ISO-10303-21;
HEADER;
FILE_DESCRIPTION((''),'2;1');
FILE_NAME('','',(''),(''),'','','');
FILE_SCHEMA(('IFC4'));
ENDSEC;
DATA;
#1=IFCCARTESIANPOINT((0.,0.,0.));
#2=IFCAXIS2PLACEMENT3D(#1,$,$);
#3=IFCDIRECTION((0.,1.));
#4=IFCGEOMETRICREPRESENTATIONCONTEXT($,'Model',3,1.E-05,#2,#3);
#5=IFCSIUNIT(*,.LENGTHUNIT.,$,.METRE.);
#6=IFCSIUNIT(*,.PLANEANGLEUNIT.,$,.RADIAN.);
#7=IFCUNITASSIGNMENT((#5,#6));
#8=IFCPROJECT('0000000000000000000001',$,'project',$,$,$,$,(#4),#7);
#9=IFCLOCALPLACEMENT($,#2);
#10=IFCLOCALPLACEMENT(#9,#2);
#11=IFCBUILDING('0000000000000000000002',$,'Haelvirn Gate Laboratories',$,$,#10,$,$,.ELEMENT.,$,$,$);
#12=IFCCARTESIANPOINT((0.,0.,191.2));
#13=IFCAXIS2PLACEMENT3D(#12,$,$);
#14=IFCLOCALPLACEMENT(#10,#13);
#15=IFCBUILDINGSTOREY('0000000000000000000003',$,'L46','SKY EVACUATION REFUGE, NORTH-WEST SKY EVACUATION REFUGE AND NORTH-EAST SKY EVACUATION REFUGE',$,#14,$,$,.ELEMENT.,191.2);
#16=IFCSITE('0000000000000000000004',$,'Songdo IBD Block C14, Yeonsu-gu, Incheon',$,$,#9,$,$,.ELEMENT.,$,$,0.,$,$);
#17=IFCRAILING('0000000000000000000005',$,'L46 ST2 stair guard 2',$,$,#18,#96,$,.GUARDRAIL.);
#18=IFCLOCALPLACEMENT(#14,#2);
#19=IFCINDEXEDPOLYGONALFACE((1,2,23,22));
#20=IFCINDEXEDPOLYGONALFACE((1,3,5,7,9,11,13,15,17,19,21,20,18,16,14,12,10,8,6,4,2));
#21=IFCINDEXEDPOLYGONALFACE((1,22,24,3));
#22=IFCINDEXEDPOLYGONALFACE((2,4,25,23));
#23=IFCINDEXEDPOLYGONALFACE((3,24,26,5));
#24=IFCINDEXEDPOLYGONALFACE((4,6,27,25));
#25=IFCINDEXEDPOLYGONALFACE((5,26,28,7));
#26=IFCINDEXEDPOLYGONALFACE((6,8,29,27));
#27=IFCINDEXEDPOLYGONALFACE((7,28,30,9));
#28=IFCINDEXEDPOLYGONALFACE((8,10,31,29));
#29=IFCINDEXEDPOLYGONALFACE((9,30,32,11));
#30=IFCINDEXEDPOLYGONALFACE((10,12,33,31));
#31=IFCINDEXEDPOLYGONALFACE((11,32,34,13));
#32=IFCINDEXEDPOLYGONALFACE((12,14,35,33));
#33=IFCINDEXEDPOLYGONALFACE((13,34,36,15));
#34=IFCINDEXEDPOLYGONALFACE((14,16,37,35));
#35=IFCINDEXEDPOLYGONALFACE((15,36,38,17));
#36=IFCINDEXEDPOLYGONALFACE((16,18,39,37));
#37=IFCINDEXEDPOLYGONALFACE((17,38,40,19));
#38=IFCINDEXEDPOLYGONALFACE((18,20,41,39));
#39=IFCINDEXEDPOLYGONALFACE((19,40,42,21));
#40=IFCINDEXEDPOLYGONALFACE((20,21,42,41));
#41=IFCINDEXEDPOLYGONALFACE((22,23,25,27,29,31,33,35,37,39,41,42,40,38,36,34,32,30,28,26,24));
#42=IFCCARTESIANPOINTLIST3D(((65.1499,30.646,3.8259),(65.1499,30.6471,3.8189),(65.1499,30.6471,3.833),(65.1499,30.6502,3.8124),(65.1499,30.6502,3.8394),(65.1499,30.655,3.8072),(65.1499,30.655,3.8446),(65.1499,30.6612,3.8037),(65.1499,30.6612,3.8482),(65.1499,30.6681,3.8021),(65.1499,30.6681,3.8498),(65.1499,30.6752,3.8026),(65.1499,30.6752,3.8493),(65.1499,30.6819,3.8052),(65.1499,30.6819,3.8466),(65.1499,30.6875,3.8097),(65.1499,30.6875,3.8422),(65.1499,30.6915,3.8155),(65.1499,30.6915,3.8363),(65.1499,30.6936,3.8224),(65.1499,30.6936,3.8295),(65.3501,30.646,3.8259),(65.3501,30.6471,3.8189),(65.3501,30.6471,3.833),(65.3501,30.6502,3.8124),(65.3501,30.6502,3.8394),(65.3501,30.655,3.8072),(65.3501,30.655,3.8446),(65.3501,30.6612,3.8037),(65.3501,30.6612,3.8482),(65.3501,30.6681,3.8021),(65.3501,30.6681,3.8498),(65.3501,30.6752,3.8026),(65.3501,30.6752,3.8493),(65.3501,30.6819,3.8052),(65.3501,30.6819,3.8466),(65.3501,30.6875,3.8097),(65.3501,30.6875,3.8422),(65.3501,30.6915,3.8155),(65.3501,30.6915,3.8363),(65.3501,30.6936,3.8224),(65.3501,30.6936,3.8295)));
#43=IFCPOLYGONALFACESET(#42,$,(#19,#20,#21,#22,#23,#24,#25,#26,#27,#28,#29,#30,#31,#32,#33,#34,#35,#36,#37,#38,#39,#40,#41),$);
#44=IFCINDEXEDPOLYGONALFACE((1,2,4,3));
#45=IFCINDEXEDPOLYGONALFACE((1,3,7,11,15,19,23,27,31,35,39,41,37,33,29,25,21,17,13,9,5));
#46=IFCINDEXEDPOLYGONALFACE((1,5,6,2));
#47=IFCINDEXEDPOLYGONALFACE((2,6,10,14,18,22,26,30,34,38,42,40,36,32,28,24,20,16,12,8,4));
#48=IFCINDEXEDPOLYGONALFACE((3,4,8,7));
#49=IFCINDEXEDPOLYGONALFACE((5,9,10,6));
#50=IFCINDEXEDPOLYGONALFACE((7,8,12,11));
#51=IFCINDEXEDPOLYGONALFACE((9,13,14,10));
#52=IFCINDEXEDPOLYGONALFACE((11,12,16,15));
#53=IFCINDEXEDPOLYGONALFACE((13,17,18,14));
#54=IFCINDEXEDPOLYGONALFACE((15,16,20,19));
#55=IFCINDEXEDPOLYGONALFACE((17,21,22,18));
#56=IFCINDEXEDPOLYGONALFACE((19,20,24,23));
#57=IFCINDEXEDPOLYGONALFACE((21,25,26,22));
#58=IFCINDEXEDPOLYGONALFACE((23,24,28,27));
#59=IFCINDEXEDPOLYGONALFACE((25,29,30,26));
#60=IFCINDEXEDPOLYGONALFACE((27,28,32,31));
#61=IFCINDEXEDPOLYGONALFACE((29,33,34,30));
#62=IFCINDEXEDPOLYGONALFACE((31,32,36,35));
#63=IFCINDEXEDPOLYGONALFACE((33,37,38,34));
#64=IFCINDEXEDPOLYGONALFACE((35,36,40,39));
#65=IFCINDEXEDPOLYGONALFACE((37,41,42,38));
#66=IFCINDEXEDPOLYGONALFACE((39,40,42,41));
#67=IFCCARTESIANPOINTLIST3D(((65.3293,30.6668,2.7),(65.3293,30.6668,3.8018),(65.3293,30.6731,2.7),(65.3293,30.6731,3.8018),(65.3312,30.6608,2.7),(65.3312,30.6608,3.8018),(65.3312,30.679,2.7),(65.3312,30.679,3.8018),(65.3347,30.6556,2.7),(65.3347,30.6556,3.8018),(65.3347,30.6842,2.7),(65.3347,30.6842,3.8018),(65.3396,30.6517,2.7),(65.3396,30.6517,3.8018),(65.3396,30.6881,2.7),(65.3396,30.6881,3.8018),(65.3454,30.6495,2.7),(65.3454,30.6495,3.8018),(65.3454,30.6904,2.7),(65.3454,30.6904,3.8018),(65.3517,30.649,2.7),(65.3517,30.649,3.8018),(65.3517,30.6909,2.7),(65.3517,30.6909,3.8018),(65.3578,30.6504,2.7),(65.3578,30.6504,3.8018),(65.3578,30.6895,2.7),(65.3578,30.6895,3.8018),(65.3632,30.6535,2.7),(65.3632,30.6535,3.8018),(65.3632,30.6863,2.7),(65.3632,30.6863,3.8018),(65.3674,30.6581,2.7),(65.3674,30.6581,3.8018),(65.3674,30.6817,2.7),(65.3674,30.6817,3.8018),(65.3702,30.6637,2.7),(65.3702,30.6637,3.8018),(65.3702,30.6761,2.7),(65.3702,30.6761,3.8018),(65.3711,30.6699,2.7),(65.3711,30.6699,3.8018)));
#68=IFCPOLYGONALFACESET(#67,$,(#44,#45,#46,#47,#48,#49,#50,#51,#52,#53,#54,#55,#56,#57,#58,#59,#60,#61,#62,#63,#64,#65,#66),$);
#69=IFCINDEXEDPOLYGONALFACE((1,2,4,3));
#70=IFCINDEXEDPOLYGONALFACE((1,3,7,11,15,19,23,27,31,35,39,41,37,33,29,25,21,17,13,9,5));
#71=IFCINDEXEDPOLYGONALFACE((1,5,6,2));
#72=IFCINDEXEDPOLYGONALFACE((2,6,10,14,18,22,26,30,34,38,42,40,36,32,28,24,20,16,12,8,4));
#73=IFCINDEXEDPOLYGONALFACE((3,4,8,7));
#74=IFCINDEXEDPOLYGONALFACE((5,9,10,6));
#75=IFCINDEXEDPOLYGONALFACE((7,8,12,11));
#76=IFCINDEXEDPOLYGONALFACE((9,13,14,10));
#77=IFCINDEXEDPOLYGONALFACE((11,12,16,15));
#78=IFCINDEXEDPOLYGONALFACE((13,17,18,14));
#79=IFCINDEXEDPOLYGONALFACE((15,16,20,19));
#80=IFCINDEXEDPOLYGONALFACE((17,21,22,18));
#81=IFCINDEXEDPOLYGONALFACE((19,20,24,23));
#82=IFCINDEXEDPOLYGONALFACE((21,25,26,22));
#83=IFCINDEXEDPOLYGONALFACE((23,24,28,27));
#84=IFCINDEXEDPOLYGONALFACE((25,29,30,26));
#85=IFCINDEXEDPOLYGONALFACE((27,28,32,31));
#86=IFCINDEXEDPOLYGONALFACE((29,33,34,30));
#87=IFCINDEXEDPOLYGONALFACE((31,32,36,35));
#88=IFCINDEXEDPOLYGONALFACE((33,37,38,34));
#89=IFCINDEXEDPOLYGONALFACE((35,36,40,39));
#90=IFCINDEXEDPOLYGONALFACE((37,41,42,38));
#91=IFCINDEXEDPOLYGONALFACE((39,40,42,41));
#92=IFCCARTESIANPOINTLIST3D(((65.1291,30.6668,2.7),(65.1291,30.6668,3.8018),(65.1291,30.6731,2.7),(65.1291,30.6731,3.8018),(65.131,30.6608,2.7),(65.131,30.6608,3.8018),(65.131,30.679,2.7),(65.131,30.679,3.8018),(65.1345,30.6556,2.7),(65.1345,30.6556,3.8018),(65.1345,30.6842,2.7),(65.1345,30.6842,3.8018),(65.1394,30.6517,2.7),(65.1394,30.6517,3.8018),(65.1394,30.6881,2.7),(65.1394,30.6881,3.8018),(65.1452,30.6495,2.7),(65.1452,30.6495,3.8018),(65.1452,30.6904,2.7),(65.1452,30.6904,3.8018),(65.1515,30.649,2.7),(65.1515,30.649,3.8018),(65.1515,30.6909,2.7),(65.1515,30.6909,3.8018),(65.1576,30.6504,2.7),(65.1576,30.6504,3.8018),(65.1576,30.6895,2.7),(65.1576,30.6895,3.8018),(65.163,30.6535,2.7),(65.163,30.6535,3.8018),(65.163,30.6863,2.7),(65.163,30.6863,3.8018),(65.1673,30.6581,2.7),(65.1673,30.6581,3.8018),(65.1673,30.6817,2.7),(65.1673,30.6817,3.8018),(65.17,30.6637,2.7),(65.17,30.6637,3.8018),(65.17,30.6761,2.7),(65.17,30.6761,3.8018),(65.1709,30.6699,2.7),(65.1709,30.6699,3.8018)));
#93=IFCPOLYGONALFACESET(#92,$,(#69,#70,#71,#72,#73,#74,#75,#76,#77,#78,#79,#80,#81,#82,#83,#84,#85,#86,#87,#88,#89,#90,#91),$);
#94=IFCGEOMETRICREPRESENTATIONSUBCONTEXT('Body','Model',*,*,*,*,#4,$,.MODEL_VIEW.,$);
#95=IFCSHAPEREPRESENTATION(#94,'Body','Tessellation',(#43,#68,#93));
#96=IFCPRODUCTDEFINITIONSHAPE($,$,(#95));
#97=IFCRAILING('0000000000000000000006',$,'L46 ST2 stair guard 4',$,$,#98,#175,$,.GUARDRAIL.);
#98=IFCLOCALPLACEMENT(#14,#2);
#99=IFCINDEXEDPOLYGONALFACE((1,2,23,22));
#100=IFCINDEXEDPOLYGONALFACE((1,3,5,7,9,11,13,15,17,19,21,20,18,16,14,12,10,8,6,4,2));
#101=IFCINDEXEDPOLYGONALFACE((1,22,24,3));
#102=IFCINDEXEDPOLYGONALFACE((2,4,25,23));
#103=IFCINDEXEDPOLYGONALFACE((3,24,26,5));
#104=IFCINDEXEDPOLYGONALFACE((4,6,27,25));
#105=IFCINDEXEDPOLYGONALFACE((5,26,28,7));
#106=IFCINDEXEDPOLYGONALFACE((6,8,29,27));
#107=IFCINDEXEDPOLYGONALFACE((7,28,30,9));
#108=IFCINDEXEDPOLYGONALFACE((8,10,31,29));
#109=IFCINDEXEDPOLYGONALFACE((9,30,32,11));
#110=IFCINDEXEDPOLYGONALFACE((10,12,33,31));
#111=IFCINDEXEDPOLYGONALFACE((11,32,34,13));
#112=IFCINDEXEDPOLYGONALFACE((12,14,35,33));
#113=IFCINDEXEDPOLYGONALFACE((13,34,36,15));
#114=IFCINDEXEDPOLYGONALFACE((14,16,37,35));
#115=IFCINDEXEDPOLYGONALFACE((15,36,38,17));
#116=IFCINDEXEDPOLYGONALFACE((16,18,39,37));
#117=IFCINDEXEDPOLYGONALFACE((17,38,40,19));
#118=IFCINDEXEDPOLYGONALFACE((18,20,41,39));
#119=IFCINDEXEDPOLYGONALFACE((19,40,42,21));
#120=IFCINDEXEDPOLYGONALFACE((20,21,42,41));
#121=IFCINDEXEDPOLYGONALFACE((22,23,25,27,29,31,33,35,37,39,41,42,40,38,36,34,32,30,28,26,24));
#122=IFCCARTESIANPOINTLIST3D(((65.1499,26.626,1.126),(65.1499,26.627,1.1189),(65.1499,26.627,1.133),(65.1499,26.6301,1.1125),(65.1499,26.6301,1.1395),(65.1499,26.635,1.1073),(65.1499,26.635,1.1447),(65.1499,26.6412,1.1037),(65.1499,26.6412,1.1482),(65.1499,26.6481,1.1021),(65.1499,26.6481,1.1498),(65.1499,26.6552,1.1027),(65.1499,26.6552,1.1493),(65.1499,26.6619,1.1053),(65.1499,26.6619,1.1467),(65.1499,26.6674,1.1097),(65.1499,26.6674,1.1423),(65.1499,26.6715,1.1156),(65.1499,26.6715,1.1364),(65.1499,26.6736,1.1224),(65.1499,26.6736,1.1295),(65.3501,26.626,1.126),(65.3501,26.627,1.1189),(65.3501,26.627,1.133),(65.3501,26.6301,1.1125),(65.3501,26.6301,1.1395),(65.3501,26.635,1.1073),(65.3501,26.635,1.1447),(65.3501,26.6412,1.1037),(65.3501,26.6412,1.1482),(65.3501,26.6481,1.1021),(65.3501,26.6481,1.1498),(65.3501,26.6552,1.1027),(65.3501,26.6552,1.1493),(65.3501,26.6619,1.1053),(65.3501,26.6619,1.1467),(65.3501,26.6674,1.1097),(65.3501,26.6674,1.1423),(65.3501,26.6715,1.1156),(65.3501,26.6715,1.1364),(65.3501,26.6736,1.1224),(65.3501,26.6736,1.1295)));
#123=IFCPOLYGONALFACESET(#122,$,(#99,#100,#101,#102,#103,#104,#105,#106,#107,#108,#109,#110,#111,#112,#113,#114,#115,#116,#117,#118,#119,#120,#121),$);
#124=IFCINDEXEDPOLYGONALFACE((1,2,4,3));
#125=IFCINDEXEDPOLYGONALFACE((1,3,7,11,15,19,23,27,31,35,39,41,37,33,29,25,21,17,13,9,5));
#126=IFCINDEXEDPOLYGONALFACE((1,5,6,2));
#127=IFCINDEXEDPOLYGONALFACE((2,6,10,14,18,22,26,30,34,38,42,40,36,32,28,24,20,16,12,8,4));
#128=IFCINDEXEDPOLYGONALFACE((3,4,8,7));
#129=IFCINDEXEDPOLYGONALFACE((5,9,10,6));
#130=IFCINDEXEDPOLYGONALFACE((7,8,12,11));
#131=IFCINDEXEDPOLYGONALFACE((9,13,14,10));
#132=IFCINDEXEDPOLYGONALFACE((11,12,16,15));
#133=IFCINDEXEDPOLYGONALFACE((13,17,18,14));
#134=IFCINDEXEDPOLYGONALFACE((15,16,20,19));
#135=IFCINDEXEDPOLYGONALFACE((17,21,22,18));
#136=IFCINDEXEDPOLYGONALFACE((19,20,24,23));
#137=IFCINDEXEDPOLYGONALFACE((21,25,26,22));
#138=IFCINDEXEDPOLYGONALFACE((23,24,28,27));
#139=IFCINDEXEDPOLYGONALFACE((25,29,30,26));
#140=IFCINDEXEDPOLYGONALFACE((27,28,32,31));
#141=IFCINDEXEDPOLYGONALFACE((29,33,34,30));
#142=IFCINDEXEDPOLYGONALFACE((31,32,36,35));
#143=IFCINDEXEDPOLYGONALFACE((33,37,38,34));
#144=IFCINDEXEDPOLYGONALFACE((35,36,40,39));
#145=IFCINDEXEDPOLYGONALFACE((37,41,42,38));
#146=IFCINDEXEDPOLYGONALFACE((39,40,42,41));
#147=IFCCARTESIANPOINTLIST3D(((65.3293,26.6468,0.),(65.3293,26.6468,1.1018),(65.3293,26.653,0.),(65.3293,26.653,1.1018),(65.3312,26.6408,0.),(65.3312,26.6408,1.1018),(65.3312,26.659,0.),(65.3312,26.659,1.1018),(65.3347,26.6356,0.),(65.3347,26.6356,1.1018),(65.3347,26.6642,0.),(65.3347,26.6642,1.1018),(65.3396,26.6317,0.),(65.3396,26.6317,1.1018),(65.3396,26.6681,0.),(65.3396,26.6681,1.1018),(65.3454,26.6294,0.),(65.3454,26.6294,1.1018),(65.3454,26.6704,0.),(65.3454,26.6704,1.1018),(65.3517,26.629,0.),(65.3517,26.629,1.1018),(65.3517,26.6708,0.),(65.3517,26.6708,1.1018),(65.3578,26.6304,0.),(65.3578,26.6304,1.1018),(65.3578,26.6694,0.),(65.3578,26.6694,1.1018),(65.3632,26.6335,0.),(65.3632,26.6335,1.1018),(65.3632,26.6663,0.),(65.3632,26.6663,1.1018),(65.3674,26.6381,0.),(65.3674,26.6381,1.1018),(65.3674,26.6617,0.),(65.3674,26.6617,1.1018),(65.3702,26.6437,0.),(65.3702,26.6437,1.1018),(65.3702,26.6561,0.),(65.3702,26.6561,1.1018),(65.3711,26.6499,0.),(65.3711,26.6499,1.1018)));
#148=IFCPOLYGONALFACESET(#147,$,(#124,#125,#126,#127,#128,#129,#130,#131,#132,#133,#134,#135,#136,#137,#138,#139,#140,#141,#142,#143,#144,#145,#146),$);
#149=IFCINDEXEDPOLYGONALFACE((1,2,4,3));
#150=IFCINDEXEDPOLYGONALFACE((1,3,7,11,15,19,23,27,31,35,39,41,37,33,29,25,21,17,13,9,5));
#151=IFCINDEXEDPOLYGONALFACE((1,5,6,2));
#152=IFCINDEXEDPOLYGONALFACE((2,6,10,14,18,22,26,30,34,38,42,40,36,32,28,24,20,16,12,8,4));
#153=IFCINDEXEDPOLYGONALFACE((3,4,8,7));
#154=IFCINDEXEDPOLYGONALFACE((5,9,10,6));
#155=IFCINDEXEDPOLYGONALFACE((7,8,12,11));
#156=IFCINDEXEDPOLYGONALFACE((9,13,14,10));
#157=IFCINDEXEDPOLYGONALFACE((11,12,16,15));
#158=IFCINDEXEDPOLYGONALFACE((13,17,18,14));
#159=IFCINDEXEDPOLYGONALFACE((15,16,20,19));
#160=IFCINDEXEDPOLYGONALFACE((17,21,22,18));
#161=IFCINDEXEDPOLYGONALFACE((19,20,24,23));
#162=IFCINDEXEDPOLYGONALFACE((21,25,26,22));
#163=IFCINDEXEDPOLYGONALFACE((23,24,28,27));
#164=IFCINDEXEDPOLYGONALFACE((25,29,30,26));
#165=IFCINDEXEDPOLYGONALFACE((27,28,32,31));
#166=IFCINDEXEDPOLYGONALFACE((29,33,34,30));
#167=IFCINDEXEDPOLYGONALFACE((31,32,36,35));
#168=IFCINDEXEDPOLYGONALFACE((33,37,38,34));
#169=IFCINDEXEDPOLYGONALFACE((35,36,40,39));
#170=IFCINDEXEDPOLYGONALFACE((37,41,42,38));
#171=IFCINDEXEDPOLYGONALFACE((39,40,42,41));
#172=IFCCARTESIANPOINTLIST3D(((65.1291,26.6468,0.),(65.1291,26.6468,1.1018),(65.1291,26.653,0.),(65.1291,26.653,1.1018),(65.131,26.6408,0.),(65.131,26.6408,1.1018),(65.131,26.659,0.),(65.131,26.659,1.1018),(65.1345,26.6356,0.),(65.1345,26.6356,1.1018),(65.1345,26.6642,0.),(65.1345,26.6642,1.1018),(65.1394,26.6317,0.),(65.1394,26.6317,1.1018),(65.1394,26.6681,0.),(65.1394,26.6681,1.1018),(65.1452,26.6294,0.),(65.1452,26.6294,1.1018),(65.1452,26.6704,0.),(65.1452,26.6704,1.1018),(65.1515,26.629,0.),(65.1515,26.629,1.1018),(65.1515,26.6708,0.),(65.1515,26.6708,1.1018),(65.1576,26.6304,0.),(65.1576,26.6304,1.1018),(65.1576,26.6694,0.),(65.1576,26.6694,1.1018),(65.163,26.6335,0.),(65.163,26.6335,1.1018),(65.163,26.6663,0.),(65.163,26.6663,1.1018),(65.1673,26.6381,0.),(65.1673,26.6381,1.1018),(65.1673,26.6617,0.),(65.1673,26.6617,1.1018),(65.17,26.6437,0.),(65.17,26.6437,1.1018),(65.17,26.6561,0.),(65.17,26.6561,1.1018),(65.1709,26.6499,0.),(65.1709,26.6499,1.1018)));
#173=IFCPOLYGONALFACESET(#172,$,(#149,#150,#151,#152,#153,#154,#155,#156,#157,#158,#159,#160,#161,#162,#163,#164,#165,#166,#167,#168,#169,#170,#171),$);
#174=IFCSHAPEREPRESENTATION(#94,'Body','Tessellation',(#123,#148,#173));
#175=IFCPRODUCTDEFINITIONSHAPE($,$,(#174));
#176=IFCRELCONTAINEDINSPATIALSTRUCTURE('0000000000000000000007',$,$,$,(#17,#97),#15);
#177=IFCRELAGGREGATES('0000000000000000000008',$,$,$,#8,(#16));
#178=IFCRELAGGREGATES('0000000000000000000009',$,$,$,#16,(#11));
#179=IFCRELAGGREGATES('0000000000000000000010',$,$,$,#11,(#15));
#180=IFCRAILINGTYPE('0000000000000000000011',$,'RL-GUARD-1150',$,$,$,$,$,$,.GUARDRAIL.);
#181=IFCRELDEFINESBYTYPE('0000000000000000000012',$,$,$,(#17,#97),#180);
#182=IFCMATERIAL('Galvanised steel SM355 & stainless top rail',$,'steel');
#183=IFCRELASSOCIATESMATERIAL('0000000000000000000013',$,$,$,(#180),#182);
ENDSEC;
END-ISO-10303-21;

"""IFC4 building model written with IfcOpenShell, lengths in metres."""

from ifc_helpers import new_model, si_unit, direction, frame, origin, origin_2d, place, context, subcontext, project, spatial, circle, extrude, source, transform, mapped, material, type_object, element, save


model = new_model("IFC4")

# Units and contexts
model_context = context("Model", 3, precision=1e-05, world=origin(), true_north=direction((0.0, 1.0)))
body_context = subcontext(model_context, "Body", "Model", "MODEL_VIEW")
ifc_project = project(units=[si_unit("LENGTHUNIT", "METRE"), si_unit("PLANEANGLEUNIT", "RADIAN")], contexts=[model_context])

# Site, building, storey
site_placement = place(None, origin())
site = spatial("IfcSite", under=ifc_project, at=site_placement, Name="Songdo IBD Block C14, Yeonsu-gu, Incheon", CompositionType="ELEMENT", RefElevation=0.0)
building_placement = place(site_placement, origin())
building = spatial("IfcBuilding", under=site, at=building_placement, Name="Haelvirn Gate Laboratories", CompositionType="ELEMENT")
storey_placement = place(building_placement, frame((0.0, 0.0, 191.2)))
storey = spatial("IfcBuildingStorey", under=building, at=storey_placement, Name="L46", Description="SKY EVACUATION REFUGE, NORTH-WEST SKY EVACUATION REFUGE AND NORTH-EAST SKY EVACUATION REFUGE", CompositionType="ELEMENT", Elevation=191.2)

# Railings
ifc_material_1 = material(Name="Galvanised steel SM355 & stainless top rail", Category="steel")
railing_type_1 = type_object("IfcRailingType", Name="RL-GUARD-1150", PredefinedType="GUARDRAIL", material=ifc_material_1)
shared_shape_1 = source(origin(), body_context, "Body", "SweptSolid", [
    extrude(circle(Radius=0.0239, at=origin_2d()), frame((0.0, 0.0, 1.126), z_axis=(-1.0, 0.0, 0.0), x_axis=(0.0, -1.0, 0.0)), (0.0, 0.0, 1.0), 0.2002),
    extrude(circle(Radius=0.021, at=origin_2d()), origin(), (0.0, 0.0, 1.0), 1.1018),
    extrude(circle(Radius=0.021, at=origin_2d()), frame((-0.2002, 0.0, 0.0)), (0.0, 0.0, 1.0), 1.1018),
])
for number, where, name in (
    (1, (65.3501, 30.6699, 2.7), "L46 ST2 stair guard 2"),
    (2, (65.3501, 26.6499, 0.0), "L46 ST2 stair guard 4"),
):
    element("IfcRailing", number, at=place(storey_placement, frame(where)), inside=storey, type_object=railing_type_1, Name=name, PredefinedType="GUARDRAIL", context=body_context, shape_type="MappedRepresentation", body=[
        mapped(shared_shape_1, transform((0.0, 0.0, 0.0), scale=1.0)),
    ])

save(model, "model.ifc")
